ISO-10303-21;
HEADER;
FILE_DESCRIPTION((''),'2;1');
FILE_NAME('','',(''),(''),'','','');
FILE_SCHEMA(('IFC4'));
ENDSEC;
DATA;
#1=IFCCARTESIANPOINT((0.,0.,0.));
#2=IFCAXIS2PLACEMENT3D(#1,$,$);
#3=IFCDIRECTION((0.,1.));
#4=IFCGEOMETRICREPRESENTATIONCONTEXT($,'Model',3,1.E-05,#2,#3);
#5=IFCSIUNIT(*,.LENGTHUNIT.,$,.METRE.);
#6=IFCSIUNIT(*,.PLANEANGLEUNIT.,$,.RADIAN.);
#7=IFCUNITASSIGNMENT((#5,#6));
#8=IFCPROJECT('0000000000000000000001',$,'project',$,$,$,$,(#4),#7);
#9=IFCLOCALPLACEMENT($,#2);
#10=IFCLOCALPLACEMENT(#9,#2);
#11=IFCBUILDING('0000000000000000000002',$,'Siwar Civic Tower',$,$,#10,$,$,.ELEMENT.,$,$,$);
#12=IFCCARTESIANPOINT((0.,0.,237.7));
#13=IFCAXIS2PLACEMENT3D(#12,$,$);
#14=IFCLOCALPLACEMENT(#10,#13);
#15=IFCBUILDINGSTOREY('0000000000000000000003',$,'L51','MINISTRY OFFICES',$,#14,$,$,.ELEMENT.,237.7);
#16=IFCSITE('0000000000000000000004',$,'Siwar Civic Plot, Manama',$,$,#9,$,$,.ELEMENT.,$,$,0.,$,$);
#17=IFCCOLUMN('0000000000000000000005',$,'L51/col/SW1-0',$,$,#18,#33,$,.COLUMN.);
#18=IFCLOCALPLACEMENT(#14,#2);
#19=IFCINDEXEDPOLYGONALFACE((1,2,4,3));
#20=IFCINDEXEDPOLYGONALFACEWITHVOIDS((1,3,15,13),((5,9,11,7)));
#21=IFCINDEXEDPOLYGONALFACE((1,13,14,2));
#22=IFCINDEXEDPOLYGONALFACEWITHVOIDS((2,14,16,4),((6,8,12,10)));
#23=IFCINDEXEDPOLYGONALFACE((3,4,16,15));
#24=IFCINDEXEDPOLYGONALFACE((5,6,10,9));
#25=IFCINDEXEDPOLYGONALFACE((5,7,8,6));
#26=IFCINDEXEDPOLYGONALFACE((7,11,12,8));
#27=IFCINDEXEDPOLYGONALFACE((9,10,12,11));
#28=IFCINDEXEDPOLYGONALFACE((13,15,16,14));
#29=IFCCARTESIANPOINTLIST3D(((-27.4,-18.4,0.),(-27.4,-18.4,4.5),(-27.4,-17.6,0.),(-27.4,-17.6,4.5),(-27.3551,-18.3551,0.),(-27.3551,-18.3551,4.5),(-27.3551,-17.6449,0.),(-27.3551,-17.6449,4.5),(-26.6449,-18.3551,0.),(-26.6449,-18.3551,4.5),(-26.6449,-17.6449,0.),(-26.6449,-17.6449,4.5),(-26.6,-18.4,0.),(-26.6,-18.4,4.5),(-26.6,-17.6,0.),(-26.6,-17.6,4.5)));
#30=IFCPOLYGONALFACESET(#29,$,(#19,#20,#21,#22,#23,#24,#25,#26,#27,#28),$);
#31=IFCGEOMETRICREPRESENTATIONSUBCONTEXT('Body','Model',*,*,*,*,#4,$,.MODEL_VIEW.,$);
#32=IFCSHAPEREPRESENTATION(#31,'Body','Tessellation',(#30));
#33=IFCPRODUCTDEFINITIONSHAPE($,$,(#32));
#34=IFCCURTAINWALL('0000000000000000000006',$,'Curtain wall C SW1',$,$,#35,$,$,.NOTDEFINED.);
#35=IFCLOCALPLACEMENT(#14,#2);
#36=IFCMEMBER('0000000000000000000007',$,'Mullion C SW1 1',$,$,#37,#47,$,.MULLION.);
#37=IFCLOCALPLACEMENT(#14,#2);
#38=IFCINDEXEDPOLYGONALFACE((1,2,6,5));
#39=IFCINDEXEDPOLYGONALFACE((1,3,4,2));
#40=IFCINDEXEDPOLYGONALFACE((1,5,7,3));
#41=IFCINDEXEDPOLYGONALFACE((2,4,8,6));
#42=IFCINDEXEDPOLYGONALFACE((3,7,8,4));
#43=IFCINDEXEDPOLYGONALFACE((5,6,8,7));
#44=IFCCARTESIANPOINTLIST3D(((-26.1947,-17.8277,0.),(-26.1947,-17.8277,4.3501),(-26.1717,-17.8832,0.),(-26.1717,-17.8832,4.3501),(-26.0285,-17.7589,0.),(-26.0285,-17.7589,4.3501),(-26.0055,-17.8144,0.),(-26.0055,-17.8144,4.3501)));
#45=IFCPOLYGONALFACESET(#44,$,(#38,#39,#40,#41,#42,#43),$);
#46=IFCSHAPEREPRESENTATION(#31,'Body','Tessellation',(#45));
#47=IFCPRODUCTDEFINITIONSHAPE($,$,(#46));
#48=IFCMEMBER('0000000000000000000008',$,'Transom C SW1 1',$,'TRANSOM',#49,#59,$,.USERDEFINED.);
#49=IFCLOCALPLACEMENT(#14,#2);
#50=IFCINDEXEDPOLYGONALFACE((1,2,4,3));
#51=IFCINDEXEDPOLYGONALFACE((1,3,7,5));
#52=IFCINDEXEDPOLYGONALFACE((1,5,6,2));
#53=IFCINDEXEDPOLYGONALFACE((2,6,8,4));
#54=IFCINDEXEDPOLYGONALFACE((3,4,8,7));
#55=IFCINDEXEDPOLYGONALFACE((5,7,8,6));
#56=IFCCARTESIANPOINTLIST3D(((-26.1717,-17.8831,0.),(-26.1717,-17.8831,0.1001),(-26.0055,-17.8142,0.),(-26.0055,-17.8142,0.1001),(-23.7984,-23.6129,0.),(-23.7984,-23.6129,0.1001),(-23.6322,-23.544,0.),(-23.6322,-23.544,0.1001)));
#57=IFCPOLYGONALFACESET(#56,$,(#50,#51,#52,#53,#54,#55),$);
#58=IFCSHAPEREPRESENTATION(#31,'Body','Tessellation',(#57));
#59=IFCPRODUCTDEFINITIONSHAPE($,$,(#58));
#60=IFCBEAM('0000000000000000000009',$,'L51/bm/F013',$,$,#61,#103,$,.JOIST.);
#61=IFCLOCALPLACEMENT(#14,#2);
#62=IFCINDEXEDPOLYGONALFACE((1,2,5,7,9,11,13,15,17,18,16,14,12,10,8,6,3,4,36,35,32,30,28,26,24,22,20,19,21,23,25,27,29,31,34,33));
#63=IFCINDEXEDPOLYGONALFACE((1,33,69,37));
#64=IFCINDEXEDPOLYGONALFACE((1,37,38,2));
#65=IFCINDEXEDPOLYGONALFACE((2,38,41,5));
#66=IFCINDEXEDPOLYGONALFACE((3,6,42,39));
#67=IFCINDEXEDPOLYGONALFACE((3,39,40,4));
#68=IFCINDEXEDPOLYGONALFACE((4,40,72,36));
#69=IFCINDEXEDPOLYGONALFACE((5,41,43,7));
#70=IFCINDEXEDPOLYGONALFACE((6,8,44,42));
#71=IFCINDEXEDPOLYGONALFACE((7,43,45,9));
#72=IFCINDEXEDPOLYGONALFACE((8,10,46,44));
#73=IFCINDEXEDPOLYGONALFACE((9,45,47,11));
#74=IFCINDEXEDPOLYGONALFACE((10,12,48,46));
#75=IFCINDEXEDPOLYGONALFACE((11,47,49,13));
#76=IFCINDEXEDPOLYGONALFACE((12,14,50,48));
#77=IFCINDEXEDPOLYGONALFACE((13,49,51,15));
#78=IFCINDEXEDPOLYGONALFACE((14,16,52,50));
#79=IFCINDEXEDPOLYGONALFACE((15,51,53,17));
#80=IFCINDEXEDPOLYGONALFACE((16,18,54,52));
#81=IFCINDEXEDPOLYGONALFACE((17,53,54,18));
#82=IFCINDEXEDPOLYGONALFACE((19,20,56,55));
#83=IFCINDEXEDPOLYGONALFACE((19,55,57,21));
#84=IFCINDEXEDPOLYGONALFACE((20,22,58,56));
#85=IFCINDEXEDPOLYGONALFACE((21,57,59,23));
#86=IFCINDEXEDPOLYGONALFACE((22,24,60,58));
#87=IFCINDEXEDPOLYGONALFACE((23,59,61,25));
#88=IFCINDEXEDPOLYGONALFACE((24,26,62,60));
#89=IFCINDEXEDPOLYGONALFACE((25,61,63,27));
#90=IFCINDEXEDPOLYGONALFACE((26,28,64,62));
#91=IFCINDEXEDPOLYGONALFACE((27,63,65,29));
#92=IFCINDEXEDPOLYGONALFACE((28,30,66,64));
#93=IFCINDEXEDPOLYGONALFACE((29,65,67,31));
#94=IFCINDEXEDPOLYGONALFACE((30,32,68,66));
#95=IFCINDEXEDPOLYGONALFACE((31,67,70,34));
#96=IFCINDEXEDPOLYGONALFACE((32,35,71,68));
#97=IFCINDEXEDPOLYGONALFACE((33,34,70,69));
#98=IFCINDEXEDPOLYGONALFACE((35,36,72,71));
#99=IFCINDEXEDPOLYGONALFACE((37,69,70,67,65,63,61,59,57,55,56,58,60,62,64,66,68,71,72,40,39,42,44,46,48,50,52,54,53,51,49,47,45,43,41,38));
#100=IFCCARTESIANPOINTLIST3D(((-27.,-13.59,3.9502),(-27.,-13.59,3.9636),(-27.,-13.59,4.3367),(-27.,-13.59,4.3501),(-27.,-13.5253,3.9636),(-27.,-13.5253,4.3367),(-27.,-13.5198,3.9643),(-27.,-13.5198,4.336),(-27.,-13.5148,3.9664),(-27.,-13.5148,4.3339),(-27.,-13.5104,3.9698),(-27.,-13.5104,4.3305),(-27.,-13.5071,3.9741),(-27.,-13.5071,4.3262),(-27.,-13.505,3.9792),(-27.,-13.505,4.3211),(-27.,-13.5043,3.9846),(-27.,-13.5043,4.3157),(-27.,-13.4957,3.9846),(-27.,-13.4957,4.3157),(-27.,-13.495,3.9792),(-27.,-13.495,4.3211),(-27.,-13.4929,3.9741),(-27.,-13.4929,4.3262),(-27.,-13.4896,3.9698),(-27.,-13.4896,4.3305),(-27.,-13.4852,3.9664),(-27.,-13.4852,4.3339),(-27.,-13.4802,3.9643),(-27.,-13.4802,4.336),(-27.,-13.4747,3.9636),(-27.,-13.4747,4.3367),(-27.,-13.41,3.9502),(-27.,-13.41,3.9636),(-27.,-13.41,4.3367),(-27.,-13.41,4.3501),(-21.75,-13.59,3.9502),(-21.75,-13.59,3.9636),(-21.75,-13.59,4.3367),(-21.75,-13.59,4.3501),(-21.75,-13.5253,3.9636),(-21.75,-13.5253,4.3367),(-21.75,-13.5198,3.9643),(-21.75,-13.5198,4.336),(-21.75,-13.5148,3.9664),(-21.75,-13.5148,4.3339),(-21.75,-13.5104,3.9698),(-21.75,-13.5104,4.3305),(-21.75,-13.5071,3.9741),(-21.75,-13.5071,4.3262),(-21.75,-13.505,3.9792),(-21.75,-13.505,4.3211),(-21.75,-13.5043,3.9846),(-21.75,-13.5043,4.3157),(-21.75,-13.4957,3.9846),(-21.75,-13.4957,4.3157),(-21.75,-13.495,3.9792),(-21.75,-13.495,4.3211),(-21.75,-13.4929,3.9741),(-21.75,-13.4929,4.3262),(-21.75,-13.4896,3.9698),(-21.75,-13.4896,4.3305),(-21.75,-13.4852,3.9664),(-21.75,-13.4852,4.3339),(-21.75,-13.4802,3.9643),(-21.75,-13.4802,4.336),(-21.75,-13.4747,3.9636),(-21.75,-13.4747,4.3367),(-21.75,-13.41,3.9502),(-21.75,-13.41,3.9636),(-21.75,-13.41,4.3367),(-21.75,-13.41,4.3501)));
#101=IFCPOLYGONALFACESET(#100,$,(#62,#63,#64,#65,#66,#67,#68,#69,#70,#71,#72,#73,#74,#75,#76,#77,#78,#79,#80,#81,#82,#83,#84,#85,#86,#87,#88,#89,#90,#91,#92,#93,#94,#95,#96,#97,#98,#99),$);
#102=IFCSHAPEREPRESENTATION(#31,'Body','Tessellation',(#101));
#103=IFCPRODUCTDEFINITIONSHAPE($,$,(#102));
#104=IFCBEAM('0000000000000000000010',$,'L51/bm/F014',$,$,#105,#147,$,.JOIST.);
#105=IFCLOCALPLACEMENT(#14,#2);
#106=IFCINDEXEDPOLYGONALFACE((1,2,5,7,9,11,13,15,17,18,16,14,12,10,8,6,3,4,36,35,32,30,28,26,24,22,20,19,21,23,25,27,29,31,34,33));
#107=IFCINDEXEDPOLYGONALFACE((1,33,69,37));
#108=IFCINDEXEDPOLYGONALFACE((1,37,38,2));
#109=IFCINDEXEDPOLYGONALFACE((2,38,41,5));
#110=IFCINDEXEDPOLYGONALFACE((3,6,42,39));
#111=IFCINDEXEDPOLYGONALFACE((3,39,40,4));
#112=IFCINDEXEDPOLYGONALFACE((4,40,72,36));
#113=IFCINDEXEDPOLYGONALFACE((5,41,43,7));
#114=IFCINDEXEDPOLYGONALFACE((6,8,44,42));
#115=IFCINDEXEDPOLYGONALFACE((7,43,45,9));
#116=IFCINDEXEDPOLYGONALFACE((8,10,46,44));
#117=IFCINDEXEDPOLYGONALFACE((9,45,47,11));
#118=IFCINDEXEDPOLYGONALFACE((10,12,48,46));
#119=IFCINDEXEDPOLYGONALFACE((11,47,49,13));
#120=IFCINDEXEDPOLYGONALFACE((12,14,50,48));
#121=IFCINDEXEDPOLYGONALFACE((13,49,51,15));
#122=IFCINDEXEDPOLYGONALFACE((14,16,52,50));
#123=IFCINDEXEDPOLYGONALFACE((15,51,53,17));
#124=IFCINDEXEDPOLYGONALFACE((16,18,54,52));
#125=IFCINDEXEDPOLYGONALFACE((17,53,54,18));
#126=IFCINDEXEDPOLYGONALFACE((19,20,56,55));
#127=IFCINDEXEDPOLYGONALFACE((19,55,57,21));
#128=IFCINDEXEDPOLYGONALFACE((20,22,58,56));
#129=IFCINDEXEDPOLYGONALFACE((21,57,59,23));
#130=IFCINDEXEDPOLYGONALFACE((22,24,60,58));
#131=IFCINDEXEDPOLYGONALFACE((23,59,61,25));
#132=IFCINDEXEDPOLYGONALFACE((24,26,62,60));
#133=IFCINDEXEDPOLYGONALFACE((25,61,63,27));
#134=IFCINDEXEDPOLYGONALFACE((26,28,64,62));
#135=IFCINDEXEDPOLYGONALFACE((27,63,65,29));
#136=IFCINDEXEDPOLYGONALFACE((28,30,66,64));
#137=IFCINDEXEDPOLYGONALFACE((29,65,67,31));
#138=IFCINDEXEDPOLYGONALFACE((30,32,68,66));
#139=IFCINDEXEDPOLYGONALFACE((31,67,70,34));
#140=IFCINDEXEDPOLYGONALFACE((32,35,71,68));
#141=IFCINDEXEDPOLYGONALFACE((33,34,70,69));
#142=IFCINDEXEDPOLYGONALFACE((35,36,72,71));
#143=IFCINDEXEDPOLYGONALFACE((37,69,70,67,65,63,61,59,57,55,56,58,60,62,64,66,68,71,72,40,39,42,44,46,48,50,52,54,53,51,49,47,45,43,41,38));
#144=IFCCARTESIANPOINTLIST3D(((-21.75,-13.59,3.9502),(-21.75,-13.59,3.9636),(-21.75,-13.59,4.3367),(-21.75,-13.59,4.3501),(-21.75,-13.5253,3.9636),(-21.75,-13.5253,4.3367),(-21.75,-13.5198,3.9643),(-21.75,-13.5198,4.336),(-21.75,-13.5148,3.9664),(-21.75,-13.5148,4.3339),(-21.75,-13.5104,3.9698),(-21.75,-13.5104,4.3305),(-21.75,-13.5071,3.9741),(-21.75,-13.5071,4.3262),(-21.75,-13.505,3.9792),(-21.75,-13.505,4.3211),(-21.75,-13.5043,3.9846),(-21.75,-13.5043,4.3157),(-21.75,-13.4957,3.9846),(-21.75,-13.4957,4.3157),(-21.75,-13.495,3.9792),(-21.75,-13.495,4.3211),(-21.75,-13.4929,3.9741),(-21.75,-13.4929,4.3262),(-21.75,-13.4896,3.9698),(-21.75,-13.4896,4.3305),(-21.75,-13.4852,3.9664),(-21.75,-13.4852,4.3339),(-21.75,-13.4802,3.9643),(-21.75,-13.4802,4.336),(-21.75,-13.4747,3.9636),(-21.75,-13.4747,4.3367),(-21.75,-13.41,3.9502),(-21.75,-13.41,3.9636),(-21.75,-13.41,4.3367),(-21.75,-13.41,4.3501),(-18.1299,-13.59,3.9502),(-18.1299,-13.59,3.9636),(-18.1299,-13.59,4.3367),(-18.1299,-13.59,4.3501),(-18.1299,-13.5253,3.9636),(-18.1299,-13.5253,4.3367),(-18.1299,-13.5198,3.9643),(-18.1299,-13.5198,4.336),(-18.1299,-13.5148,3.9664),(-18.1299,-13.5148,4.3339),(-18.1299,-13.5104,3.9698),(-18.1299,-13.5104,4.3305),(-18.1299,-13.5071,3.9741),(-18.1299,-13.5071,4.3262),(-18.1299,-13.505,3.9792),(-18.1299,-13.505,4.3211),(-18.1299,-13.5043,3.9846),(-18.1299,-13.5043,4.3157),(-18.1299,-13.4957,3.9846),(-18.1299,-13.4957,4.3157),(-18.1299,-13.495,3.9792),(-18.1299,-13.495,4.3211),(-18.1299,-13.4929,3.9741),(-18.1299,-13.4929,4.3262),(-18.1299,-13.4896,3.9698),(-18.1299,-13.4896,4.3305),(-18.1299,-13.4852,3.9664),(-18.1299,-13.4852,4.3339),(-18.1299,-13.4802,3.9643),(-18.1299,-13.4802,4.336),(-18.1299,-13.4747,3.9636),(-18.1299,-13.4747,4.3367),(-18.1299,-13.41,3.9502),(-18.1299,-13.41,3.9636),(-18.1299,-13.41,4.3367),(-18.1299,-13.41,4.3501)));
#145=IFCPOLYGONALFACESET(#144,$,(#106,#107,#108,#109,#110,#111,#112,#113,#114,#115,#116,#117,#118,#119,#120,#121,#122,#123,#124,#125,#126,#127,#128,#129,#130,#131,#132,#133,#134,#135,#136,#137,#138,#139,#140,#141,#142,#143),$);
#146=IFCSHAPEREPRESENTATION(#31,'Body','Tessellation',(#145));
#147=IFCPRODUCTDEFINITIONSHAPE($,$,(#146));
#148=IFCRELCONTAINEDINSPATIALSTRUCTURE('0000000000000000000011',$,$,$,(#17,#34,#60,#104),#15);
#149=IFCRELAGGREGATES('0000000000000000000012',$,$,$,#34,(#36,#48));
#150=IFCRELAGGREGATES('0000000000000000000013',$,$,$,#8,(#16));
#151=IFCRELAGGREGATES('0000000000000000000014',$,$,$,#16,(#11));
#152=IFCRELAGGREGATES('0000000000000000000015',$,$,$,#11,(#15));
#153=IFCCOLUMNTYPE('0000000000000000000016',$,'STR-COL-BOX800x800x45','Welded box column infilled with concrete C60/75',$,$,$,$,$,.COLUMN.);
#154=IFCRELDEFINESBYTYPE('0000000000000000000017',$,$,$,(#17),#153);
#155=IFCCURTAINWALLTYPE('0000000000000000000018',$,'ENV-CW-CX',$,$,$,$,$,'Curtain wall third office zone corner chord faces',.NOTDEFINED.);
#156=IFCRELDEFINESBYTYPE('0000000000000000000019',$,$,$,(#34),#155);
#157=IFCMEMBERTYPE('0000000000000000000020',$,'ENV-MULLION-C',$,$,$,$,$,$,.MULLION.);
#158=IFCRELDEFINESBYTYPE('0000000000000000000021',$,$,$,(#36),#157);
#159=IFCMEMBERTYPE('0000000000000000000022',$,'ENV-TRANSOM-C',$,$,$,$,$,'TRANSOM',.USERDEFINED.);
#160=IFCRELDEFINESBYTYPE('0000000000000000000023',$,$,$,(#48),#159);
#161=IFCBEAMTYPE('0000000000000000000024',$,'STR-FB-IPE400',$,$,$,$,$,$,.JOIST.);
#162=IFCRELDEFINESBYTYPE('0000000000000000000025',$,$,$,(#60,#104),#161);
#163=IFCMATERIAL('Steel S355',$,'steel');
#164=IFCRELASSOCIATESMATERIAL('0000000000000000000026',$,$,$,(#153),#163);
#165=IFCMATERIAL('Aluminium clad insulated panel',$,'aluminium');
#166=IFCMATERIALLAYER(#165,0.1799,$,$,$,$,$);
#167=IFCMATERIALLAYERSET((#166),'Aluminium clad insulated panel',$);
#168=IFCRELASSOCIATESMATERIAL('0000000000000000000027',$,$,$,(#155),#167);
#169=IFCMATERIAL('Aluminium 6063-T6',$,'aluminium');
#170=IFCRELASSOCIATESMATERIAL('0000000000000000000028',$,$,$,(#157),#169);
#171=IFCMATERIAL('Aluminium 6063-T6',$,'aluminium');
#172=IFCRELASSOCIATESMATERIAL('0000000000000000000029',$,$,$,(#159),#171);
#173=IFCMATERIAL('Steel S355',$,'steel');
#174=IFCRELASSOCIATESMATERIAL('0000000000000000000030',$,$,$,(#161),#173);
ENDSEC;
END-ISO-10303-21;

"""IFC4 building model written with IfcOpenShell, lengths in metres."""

from ifc_helpers import new_model, si_unit, direction, frame, origin, origin_2d, place, context, subcontext, project, spatial, rectangle, hollow_rectangle, i_section, extrude, material, layer, layer_set, material_profile, profile_set, type_object, element, aggregate, save


model = new_model("IFC4")

# Units and contexts
model_context = context("Model", 3, precision=1e-05, world=origin(), true_north=direction((0.0, 1.0)))
body_context = subcontext(model_context, "Body", "Model", "MODEL_VIEW")
ifc_project = project(units=[si_unit("LENGTHUNIT", "METRE"), si_unit("PLANEANGLEUNIT", "RADIAN")], contexts=[model_context])

# Site, building, storey
site_placement = place(None, origin())
site = spatial("IfcSite", under=ifc_project, at=site_placement, Name="Siwar Civic Plot, Manama", CompositionType="ELEMENT", RefElevation=0.0)
building_placement = place(site_placement, origin())
building = spatial("IfcBuilding", under=site, at=building_placement, Name="Siwar Civic Tower", CompositionType="ELEMENT")
storey_placement = place(building_placement, frame((0.0, 0.0, 237.7)))
storey = spatial("IfcBuildingStorey", under=building, at=storey_placement, Name="L51", Description="MINISTRY OFFICES", CompositionType="ELEMENT", Elevation=237.7)

# Column
ifc_material_1 = material(Name="Steel S355", Category="steel")
ifc_material_profile_1 = material_profile(ifc_material_1, hollow_rectangle(XDim=0.8, YDim=0.8, WallThickness=0.0449, at=origin_2d()), Name="BOX800x800x45")
ifc_profile_set_1 = profile_set([ifc_material_profile_1], Name="Steel S355")
column_type = type_object("IfcColumnType", Name="STR-COL-BOX800x800x45", Description="Welded box column infilled with concrete C60/75", PredefinedType="COLUMN", material=ifc_profile_set_1)
column_placement = place(storey_placement, frame((-27.0, -18.0, 0.0), z_axis=(0.0, 0.0, 1.0), x_axis=(1.0, 0.0, 0.0)))
element("IfcColumn", 1, at=column_placement, inside=storey, type_object=column_type, Name="L51/col/SW1-0", PredefinedType="COLUMN", context=body_context, shape_type="SweptSolid", body=[
    extrude(hollow_rectangle(XDim=0.8, YDim=0.8, WallThickness=0.0449, at=origin_2d()), origin(), (0.0, 0.0, 1.0), 4.5),
])

# Curtain wall, members
ifc_material_2 = material(Name="Aluminium clad insulated panel", Category="aluminium")
ifc_layer_1 = layer(ifc_material_2, 0.1799)
ifc_layer_set_1 = layer_set([ifc_layer_1], Name="Aluminium clad insulated panel")
curtain_wall_type_1 = type_object("IfcCurtainWallType", Name="ENV-CW-CX", ElementType="Curtain wall third office zone corner chord faces", PredefinedType="NOTDEFINED", material=ifc_layer_set_1)
curtain_wall_1_placement = place(storey_placement, origin())
curtain_wall_1 = element("IfcCurtainWall", 2, at=curtain_wall_1_placement, inside=storey, type_object=curtain_wall_type_1, Name="Curtain wall C SW1", PredefinedType="NOTDEFINED")
ifc_material_3 = material(Name="Aluminium 6063-T6", Category="aluminium")
ifc_material_profile_2 = material_profile(ifc_material_3, rectangle(XDim=0.1799, YDim=0.0601, at=origin_2d()), Name="AL 180x60")
ifc_profile_set_2 = profile_set([ifc_material_profile_2], Name="Aluminium 6063-T6")
member_type_1 = type_object("IfcMemberType", Name="ENV-MULLION-C", PredefinedType="MULLION", material=ifc_profile_set_2)
member_1_placement = place(storey_placement, frame((-26.1001, -17.821, 0.0), z_axis=(0.0, 0.0, 1.0), x_axis=(0.92388, 0.382683, 0.0)))
member_1 = element("IfcMember", 3, at=member_1_placement, type_object=member_type_1, Name="Mullion C SW1 1", PredefinedType="MULLION", context=body_context, shape_type="SweptSolid", body=[
    extrude(rectangle(XDim=0.1799, YDim=0.0601, at=origin_2d()), origin(), (0.0, 0.0, 1.0), 4.3501),
])
ifc_material_4 = material(Name="Aluminium 6063-T6", Category="aluminium")
ifc_material_profile_3 = material_profile(ifc_material_4, rectangle(XDim=0.1799, YDim=0.1001, at=origin_2d()), Name="AL 180x100")
ifc_profile_set_3 = profile_set([ifc_material_profile_3], Name="Aluminium 6063-T6")
member_type_2 = type_object("IfcMemberType", Name="ENV-TRANSOM-C", ElementType="TRANSOM", PredefinedType="USERDEFINED", material=ifc_profile_set_3)
member_2_placement = place(storey_placement, frame((-26.0886, -17.8486, 0.05), z_axis=(0.382677, -0.923882, 0.0), x_axis=(0.923882, 0.382677, 0.0)))
member_2 = element("IfcMember", 4, at=member_2_placement, type_object=member_type_2, Name="Transom C SW1 1", ObjectType="TRANSOM", PredefinedType="USERDEFINED", context=body_context, shape_type="SweptSolid", body=[
    extrude(rectangle(XDim=0.1799, YDim=0.1001, at=origin_2d()), origin(), (0.0, 0.0, 1.0), 6.2019),
])
aggregate(curtain_wall_1, [member_1, member_2])

# Beams
ifc_material_5 = material(Name="Steel S355", Category="steel")
ifc_material_profile_4 = material_profile(ifc_material_5, i_section(OverallWidth=0.1799, OverallDepth=0.3999, WebThickness=0.0085, FlangeThickness=0.0134, FilletRadius=0.021, at=origin_2d()), Name="IPE400")
ifc_profile_set_4 = profile_set([ifc_material_profile_4], Name="Steel S355")
beam_type_1 = type_object("IfcBeamType", Name="STR-FB-IPE400", PredefinedType="JOIST", material=ifc_profile_set_4)
beam_1_placement = place(storey_placement, frame((-27.0, -13.5, 4.1501), z_axis=(1.0, 0.0, 0.0), x_axis=(0.0, 1.0, 0.0)))
element("IfcBeam", 5, at=beam_1_placement, inside=storey, type_object=beam_type_1, Name="L51/bm/F013", PredefinedType="JOIST", context=body_context, shape_type="SweptSolid", body=[
    extrude(i_section(OverallWidth=0.1799, OverallDepth=0.3999, WebThickness=0.0085, FlangeThickness=0.0134, FilletRadius=0.021, at=origin_2d()), origin(), (0.0, 0.0, 1.0), 5.25),
])
beam_2_placement = place(storey_placement, frame((-21.75, -13.5, 4.1501), z_axis=(1.0, 0.0, 0.0), x_axis=(0.0, 1.0, 0.0)))
element("IfcBeam", 6, at=beam_2_placement, inside=storey, type_object=beam_type_1, Name="L51/bm/F014", PredefinedType="JOIST", context=body_context, shape_type="SweptSolid", body=[
    extrude(i_section(OverallWidth=0.1799, OverallDepth=0.3999, WebThickness=0.0085, FlangeThickness=0.0134, FilletRadius=0.021, at=origin_2d()), origin(), (0.0, 0.0, 1.0), 3.6201),
])

save(model, "model.ifc")
